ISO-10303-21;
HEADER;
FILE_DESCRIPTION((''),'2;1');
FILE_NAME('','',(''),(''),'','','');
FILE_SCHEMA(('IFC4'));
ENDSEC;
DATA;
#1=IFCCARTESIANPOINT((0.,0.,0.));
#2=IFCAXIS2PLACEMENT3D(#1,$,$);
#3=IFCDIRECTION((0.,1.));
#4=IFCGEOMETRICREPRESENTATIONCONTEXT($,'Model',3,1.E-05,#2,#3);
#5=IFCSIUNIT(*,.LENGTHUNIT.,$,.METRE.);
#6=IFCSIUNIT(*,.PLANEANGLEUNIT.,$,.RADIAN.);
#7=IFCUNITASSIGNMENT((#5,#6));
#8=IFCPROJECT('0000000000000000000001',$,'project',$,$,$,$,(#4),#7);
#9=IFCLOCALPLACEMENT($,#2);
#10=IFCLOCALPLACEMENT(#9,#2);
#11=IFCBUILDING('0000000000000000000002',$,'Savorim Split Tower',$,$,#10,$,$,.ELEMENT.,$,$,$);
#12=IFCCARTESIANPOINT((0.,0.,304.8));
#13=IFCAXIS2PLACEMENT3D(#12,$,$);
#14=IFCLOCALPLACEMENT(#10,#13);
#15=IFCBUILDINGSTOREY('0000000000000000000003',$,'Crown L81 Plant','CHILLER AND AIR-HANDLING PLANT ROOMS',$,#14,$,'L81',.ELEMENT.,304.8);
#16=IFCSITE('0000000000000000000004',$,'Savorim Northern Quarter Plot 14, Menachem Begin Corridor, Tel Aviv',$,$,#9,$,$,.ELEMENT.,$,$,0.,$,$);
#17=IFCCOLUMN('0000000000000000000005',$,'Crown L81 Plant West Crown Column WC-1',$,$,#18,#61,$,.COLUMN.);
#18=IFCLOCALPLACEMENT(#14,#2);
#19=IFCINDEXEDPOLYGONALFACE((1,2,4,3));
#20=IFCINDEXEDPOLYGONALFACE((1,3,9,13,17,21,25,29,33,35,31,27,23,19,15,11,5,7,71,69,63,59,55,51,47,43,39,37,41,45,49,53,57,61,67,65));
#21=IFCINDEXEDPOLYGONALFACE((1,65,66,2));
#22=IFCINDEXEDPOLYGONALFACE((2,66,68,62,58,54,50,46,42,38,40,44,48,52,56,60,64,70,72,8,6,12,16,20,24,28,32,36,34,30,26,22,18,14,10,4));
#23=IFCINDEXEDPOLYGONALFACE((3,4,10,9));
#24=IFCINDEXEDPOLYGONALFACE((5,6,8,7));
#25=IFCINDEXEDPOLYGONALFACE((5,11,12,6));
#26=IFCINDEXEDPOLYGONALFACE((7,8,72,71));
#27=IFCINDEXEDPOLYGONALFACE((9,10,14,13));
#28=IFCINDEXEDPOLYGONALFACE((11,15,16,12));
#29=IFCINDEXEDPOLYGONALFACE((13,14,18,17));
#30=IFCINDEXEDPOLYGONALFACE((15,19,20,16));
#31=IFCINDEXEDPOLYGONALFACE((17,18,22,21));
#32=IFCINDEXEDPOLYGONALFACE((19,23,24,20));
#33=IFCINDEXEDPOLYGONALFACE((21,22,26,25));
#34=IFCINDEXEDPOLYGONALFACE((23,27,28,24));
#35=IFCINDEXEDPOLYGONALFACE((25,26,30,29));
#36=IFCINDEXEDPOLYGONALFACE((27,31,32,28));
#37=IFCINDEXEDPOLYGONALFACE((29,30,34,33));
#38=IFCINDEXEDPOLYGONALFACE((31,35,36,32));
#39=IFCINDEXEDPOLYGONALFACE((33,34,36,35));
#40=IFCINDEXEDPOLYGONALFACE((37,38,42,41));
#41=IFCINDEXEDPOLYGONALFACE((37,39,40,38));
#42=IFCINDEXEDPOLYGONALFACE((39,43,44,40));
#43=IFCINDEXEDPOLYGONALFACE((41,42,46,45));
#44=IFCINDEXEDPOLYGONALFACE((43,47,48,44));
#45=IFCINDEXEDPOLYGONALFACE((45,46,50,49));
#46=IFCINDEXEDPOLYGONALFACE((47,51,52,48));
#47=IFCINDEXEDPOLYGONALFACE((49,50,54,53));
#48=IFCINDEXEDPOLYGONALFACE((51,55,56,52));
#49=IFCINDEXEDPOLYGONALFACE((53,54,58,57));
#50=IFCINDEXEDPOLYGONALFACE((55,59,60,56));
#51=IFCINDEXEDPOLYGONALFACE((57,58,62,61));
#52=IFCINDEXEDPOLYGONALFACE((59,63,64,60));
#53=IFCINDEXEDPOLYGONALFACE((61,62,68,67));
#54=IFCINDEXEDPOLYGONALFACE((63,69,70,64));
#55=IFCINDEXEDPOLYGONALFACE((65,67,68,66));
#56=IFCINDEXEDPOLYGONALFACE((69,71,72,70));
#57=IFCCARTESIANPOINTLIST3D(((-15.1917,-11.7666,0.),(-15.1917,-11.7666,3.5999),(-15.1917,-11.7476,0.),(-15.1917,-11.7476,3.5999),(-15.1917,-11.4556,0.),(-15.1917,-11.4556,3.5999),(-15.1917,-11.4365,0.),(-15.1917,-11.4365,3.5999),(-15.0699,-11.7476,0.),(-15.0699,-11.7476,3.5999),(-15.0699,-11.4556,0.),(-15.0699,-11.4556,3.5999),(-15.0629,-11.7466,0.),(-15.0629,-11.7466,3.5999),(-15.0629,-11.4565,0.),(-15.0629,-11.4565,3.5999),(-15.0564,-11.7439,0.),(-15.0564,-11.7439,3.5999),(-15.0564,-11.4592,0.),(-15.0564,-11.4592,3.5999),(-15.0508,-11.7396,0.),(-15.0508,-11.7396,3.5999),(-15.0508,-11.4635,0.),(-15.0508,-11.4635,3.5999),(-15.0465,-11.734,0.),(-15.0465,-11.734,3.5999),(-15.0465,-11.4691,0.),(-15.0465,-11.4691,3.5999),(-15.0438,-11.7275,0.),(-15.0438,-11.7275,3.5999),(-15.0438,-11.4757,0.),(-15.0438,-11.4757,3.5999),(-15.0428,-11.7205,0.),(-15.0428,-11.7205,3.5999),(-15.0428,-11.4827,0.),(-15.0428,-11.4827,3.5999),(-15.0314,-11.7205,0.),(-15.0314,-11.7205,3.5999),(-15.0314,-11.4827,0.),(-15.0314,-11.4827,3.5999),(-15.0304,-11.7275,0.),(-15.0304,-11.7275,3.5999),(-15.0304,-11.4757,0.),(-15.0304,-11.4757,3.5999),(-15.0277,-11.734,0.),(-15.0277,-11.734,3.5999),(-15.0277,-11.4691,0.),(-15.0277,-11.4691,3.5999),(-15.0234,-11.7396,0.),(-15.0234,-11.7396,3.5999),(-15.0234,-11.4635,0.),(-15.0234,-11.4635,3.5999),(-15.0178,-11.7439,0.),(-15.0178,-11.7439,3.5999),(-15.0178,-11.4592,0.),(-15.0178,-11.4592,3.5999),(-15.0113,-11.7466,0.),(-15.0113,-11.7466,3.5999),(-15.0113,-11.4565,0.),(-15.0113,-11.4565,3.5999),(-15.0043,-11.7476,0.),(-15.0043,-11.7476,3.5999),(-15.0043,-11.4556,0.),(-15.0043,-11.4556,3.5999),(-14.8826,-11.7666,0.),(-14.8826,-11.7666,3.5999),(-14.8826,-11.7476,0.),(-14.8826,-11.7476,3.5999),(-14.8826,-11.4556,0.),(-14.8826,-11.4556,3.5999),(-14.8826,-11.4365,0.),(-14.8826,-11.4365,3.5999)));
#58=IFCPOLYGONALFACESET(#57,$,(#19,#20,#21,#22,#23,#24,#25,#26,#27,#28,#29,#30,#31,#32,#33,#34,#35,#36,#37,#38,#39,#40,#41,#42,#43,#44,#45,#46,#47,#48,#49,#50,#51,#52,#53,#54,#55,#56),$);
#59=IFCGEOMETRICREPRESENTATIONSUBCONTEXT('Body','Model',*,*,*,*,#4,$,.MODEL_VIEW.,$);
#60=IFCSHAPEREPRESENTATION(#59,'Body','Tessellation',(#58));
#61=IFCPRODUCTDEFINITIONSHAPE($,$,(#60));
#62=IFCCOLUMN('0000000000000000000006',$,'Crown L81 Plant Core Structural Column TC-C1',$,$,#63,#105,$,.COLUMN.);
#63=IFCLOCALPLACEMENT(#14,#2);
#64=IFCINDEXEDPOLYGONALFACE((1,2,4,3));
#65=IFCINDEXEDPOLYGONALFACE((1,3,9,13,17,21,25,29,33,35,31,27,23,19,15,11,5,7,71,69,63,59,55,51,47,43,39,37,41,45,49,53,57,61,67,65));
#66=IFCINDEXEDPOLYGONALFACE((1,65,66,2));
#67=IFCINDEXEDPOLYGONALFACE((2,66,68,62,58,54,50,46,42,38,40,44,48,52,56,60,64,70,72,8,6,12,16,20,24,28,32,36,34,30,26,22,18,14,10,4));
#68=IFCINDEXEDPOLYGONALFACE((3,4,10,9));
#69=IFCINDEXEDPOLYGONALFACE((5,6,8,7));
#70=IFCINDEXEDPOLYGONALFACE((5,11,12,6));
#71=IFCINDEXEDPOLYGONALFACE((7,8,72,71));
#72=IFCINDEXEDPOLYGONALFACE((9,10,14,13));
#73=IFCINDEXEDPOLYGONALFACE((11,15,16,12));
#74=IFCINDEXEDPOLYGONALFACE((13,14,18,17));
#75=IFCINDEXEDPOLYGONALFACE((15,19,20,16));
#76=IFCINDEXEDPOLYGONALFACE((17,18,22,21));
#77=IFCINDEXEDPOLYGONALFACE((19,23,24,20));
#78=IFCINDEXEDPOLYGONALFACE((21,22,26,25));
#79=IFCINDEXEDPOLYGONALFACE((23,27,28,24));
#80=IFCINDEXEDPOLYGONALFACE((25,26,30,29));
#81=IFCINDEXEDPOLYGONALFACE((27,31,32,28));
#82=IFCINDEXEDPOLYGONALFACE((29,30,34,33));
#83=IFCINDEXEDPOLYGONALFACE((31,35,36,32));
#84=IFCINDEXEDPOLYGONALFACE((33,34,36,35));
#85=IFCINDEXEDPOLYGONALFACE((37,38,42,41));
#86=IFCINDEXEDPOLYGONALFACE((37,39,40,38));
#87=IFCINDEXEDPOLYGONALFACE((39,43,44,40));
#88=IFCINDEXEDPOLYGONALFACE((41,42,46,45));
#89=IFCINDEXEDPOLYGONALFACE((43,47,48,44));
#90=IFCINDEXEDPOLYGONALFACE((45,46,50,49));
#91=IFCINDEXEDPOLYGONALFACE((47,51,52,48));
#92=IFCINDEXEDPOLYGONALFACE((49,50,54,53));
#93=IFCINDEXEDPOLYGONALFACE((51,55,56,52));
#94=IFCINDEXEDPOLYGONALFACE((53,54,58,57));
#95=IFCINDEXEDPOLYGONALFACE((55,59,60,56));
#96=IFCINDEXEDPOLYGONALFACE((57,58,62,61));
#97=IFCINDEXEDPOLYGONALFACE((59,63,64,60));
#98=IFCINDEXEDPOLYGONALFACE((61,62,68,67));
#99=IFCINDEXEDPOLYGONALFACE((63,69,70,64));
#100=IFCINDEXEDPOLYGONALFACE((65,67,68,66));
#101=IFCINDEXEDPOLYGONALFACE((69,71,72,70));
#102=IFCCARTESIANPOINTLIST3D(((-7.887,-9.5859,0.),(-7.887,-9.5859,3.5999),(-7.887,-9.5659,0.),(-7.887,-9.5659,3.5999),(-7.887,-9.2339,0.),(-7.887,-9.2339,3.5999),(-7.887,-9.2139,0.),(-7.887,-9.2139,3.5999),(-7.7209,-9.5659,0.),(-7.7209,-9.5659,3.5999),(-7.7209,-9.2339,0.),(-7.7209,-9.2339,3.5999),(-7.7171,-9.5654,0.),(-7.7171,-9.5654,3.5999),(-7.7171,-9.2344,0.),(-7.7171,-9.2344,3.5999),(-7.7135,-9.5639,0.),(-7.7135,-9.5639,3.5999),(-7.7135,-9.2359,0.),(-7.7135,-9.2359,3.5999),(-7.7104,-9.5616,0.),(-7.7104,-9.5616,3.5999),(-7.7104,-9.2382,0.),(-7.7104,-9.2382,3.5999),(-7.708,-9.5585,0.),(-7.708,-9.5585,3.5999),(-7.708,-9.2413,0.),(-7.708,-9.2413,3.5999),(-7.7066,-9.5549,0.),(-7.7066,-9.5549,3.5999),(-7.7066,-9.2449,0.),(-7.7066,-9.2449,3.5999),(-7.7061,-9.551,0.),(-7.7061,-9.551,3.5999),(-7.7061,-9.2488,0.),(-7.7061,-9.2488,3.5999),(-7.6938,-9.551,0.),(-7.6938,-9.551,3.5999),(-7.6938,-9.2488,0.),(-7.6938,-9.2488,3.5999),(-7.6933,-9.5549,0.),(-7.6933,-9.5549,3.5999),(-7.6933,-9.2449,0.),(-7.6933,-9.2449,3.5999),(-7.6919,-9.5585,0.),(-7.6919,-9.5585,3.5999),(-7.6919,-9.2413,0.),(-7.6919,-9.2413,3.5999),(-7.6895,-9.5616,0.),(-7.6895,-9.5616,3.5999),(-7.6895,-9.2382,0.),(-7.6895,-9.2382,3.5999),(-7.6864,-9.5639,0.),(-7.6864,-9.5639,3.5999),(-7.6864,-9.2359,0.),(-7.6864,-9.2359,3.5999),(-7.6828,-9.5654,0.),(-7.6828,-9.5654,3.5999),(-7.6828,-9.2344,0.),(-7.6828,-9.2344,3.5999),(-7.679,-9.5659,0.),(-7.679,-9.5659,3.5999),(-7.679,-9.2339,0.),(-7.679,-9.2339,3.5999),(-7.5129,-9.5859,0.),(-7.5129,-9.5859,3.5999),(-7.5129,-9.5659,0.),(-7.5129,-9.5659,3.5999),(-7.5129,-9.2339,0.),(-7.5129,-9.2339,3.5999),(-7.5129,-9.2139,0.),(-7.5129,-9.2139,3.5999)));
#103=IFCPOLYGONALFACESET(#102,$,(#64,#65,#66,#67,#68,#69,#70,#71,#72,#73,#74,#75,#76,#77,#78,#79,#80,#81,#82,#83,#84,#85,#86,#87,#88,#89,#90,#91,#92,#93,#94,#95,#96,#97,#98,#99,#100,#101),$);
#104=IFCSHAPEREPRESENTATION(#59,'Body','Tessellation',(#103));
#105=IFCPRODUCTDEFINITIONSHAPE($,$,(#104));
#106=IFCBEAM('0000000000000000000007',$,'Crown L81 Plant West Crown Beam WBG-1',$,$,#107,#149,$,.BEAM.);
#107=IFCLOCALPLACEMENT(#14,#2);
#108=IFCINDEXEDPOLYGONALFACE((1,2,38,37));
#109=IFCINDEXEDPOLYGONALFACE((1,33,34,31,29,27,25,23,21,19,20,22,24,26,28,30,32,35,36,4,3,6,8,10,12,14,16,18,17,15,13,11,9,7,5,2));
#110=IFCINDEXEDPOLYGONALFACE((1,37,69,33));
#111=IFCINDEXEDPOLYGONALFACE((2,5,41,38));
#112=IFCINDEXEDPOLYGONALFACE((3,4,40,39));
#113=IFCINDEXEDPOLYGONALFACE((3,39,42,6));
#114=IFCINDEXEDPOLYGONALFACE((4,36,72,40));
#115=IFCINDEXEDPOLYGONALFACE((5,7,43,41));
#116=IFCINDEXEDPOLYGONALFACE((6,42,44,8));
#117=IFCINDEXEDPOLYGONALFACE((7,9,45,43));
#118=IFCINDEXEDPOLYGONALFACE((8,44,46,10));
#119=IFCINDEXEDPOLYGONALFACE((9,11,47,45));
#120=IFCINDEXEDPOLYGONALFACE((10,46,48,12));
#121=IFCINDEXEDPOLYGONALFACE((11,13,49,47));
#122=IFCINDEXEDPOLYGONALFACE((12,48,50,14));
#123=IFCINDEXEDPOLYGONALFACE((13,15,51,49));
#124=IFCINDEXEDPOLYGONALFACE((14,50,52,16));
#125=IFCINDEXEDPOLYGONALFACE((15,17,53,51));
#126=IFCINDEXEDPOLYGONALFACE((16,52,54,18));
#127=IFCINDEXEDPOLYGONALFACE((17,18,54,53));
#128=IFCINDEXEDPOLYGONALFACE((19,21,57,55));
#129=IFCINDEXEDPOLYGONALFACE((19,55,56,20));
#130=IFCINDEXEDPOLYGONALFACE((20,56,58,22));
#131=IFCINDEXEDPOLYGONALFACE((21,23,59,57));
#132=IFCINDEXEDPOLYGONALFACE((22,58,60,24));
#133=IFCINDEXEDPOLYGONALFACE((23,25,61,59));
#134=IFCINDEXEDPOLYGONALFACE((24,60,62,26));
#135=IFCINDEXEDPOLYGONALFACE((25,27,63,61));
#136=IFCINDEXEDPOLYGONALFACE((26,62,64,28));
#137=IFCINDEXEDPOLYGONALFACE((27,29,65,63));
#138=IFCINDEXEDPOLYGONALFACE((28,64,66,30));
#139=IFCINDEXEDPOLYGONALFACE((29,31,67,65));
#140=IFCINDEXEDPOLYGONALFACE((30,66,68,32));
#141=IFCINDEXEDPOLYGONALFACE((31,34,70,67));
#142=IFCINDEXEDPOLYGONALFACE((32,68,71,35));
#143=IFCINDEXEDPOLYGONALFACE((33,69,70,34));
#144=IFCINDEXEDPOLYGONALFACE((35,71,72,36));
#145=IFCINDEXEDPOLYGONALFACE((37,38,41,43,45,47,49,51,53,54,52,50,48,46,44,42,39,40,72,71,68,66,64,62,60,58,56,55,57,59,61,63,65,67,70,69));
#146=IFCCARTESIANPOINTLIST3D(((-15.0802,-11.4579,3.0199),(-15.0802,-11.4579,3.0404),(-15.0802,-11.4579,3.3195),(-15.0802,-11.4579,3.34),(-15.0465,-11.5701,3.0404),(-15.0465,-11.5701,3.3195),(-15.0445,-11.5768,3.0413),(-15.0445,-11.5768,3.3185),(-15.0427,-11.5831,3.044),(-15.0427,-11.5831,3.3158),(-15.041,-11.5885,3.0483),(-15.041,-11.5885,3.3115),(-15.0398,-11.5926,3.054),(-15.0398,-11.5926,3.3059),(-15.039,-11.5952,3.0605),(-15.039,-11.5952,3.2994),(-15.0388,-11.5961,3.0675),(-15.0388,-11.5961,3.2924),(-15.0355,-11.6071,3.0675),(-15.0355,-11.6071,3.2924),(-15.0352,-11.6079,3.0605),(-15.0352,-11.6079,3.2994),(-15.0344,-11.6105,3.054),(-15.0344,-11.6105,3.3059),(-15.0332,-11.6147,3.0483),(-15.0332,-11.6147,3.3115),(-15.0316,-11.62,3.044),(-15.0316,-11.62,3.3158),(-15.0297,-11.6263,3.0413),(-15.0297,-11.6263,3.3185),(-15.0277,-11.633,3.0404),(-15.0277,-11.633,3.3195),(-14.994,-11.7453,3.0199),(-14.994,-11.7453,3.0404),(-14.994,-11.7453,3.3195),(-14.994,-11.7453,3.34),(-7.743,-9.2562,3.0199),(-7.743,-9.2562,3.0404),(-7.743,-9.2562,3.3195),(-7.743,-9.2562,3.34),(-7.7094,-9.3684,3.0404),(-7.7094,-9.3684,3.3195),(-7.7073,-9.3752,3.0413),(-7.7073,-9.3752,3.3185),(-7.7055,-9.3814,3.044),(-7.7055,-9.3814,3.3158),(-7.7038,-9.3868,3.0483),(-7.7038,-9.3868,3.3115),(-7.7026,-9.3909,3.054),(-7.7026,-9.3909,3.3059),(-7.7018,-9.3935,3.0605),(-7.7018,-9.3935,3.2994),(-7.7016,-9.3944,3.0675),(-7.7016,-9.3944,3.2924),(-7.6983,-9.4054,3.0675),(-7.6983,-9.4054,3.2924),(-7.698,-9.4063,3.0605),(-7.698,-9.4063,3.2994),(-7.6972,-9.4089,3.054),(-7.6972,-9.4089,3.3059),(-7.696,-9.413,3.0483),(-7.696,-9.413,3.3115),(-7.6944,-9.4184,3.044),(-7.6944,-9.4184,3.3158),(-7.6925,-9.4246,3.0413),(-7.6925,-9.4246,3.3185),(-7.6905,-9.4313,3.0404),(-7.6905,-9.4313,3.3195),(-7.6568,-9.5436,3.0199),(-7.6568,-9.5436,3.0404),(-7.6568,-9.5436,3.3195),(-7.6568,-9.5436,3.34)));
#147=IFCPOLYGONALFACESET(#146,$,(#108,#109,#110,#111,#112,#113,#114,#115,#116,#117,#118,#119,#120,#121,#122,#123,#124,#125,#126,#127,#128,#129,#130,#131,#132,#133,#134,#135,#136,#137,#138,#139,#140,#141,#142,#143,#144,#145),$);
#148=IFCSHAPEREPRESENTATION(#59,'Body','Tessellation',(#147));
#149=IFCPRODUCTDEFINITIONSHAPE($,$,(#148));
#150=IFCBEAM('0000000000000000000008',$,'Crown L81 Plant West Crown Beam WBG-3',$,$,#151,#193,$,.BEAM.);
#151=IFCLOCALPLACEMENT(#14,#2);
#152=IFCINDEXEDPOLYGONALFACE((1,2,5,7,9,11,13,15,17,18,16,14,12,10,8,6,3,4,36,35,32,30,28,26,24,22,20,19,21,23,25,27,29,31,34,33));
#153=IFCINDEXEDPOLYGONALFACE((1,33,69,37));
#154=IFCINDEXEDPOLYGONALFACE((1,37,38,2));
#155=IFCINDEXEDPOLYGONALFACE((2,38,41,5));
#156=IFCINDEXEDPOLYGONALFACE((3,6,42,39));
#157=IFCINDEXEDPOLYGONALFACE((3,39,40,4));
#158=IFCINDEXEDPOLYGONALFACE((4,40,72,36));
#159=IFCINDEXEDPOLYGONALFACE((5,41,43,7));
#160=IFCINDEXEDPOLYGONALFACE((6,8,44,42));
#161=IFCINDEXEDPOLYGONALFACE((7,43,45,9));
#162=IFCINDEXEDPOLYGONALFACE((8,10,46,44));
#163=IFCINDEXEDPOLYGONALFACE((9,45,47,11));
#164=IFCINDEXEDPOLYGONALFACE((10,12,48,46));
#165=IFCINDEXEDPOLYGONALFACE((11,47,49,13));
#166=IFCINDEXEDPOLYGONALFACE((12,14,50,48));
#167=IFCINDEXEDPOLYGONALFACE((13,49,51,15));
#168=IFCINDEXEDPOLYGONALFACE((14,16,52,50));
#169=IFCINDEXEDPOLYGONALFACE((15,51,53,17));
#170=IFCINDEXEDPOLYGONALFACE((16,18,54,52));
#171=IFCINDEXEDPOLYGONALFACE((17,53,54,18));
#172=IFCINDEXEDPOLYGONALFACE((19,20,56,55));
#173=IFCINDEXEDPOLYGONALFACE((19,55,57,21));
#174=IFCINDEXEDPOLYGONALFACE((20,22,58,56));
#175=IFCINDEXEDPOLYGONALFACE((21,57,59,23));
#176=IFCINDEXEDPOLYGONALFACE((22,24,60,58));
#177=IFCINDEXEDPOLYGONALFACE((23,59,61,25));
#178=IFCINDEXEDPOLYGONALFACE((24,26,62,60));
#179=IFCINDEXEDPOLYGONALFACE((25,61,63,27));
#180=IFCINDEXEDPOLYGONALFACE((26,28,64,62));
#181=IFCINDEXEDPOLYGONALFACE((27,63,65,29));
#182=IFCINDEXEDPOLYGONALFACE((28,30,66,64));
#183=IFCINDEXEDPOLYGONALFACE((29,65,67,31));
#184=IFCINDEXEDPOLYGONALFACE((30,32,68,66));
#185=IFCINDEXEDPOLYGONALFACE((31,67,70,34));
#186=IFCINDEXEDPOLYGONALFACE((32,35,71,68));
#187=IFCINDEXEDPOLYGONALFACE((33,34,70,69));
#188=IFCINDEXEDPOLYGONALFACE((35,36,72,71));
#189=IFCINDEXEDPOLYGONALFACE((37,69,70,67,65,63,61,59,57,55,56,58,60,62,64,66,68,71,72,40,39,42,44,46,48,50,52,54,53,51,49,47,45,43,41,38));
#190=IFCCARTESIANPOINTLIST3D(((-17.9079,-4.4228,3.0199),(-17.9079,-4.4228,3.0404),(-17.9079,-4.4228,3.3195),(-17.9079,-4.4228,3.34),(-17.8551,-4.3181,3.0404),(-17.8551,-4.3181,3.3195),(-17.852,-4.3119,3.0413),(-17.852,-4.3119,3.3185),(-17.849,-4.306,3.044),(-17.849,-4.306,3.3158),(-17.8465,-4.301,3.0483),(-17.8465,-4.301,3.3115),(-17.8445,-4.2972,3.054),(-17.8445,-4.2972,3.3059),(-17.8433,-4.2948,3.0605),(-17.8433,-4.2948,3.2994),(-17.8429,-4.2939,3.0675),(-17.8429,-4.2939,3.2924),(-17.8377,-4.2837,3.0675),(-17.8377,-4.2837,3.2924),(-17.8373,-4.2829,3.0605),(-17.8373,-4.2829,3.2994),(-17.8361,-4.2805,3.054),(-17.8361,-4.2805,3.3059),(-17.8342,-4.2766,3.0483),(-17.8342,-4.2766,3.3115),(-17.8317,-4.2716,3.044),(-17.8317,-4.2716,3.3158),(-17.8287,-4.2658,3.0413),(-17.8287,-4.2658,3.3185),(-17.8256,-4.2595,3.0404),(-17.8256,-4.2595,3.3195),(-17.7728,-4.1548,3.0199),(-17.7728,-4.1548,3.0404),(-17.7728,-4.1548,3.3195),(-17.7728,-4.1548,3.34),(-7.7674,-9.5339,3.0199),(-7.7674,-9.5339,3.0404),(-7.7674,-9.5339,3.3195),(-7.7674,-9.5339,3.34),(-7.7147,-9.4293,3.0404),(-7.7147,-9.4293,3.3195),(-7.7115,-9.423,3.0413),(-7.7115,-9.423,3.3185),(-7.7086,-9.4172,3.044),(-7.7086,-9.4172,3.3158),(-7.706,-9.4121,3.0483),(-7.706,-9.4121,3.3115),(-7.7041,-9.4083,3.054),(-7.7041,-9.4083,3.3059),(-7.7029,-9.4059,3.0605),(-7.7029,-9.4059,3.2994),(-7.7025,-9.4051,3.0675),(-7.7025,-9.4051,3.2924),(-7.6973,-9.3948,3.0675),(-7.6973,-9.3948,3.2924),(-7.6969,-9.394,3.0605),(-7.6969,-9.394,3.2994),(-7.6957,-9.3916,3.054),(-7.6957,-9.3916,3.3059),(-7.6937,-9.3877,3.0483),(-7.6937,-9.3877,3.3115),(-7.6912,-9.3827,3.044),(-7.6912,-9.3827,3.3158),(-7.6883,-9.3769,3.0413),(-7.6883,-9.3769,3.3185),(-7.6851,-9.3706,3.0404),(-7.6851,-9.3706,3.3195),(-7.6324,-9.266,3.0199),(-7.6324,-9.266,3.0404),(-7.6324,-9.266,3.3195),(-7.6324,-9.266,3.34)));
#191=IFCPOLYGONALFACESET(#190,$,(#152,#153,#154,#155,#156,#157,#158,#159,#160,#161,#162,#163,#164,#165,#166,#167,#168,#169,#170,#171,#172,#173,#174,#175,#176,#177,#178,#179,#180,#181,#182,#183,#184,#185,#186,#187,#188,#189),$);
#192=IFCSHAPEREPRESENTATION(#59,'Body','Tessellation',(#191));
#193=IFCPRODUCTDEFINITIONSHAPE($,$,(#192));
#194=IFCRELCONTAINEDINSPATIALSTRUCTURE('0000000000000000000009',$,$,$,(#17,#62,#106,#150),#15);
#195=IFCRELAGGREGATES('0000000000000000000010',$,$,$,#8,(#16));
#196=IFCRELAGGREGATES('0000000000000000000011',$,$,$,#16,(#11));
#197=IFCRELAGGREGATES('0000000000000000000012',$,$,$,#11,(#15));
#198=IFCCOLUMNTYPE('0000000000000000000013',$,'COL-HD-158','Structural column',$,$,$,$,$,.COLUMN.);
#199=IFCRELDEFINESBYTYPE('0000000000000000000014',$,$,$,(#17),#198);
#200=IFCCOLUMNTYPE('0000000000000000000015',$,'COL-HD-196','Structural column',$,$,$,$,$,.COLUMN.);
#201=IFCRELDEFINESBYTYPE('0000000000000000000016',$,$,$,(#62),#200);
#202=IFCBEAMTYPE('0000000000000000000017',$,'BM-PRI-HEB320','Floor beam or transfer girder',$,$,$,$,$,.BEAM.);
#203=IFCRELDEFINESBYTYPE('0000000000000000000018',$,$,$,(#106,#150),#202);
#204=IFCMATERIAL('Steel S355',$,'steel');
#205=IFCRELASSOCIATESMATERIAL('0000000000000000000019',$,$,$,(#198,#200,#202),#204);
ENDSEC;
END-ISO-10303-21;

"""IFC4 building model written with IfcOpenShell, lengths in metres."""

from ifc_helpers import new_model, si_unit, direction, frame, origin, origin_2d, place, context, subcontext, project, spatial, i_section, extrude, material, material_profile, profile_set, type_object, element, save


model = new_model("IFC4")

# Units and contexts
model_context = context("Model", 3, precision=1e-05, world=origin(), true_north=direction((0.0, 1.0)))
body_context = subcontext(model_context, "Body", "Model", "MODEL_VIEW")
ifc_project = project(units=[si_unit("LENGTHUNIT", "METRE"), si_unit("PLANEANGLEUNIT", "RADIAN")], contexts=[model_context])

# Site, building, storey
site_placement = place(None, origin())
site = spatial("IfcSite", under=ifc_project, at=site_placement, Name="Savorim Northern Quarter Plot 14, Menachem Begin Corridor, Tel Aviv", CompositionType="ELEMENT", RefElevation=0.0)
building_placement = place(site_placement, origin())
building = spatial("IfcBuilding", under=site, at=building_placement, Name="Savorim Split Tower", CompositionType="ELEMENT")
storey_placement = place(building_placement, frame((0.0, 0.0, 304.8)))
storey = spatial("IfcBuildingStorey", under=building, at=storey_placement, Name="Crown L81 Plant", Description="CHILLER AND AIR-HANDLING PLANT ROOMS", LongName="L81", CompositionType="ELEMENT", Elevation=304.8)

# Columns
ifc_material_1 = material(Name="Steel S355", Category="steel")
ifc_material_profile_1 = material_profile(ifc_material_1, i_section(OverallWidth=0.3091, OverallDepth=0.3301, WebThickness=0.0115, FlangeThickness=0.019, FilletRadius=0.0271, at=origin_2d()), Name="HD 320x158")
ifc_profile_set_1 = profile_set([ifc_material_profile_1], Name="Steel S355")
column_type_1 = type_object("IfcColumnType", Name="COL-HD-158", Description="Structural column", PredefinedType="COLUMN", material=ifc_profile_set_1)
column_1_placement = place(storey_placement, frame((-15.0371, -11.6016, 0.0), z_axis=(0.0, 0.0, 1.0), x_axis=(1.0, 0.0, 0.0)))
element("IfcColumn", 1, at=column_1_placement, inside=storey, type_object=column_type_1, Name="Crown L81 Plant West Crown Column WC-1", PredefinedType="COLUMN", context=body_context, shape_type="SweptSolid", body=[
    extrude(i_section(OverallWidth=0.3091, OverallDepth=0.3301, WebThickness=0.0115, FlangeThickness=0.019, FilletRadius=0.0271, at=origin_2d()), origin(), (0.0, 0.0, 1.0), 3.5999),
])
ifc_material_profile_2 = material_profile(ifc_material_1, i_section(OverallWidth=0.374, OverallDepth=0.3721, WebThickness=0.0122, FlangeThickness=0.02, FilletRadius=0.0149, at=origin_2d()), Name="HD 360x196")
ifc_profile_set_2 = profile_set([ifc_material_profile_2], Name="Steel S355")
column_type_2 = type_object("IfcColumnType", Name="COL-HD-196", Description="Structural column", PredefinedType="COLUMN", material=ifc_profile_set_2)
column_2_placement = place(storey_placement, frame((-7.7, -9.3999, 0.0), z_axis=(0.0, 0.0, 1.0), x_axis=(1.0, 0.0, 0.0)))
element("IfcColumn", 2, at=column_2_placement, inside=storey, type_object=column_type_2, Name="Crown L81 Plant Core Structural Column TC-C1", PredefinedType="COLUMN", context=body_context, shape_type="SweptSolid", body=[
    extrude(i_section(OverallWidth=0.374, OverallDepth=0.3721, WebThickness=0.0122, FlangeThickness=0.02, FilletRadius=0.0149, at=origin_2d()), origin(), (0.0, 0.0, 1.0), 3.5999),
])

# Beams
ifc_material_profile_3 = material_profile(ifc_material_1, i_section(OverallWidth=0.3, OverallDepth=0.3201, WebThickness=0.0115, FlangeThickness=0.0205, FilletRadius=0.0271, at=origin_2d()), Name="HEB 320")
ifc_profile_set_3 = profile_set([ifc_material_profile_3], Name="Steel S355")
beam_type = type_object("IfcBeamType", Name="BM-PRI-HEB320", Description="Floor beam or transfer girder", PredefinedType="BEAM", material=ifc_profile_set_3)
beam_1_placement = place(storey_placement, frame((-15.0371, -11.6016, 3.1799), z_axis=(0.957808, 0.287409, 0.0), x_axis=(-0.287409, 0.957808, 0.0)))
element("IfcBeam", 3, at=beam_1_placement, inside=storey, type_object=beam_type, Name="Crown L81 Plant West Crown Beam WBG-1", PredefinedType="BEAM", context=body_context, shape_type="SweptSolid", body=[
    extrude(i_section(OverallWidth=0.3, OverallDepth=0.3201, WebThickness=0.0115, FlangeThickness=0.0205, FilletRadius=0.0271, at=origin_2d()), origin(), (0.0, 0.0, 1.0), 7.6604),
])
beam_2_placement = place(storey_placement, frame((-17.8403, -4.2888, 3.1799), z_axis=(0.892982, -0.450092, 0.0), x_axis=(0.450092, 0.892982, 0.0)))
element("IfcBeam", 4, at=beam_2_placement, inside=storey, type_object=beam_type, Name="Crown L81 Plant West Crown Beam WBG-3", PredefinedType="BEAM", context=body_context, shape_type="SweptSolid", body=[
    extrude(i_section(OverallWidth=0.3, OverallDepth=0.3201, WebThickness=0.0115, FlangeThickness=0.0205, FilletRadius=0.0271, at=origin_2d()), origin(), (0.0, 0.0, 1.0), 11.3557),
])

save(model, "model.ifc")
